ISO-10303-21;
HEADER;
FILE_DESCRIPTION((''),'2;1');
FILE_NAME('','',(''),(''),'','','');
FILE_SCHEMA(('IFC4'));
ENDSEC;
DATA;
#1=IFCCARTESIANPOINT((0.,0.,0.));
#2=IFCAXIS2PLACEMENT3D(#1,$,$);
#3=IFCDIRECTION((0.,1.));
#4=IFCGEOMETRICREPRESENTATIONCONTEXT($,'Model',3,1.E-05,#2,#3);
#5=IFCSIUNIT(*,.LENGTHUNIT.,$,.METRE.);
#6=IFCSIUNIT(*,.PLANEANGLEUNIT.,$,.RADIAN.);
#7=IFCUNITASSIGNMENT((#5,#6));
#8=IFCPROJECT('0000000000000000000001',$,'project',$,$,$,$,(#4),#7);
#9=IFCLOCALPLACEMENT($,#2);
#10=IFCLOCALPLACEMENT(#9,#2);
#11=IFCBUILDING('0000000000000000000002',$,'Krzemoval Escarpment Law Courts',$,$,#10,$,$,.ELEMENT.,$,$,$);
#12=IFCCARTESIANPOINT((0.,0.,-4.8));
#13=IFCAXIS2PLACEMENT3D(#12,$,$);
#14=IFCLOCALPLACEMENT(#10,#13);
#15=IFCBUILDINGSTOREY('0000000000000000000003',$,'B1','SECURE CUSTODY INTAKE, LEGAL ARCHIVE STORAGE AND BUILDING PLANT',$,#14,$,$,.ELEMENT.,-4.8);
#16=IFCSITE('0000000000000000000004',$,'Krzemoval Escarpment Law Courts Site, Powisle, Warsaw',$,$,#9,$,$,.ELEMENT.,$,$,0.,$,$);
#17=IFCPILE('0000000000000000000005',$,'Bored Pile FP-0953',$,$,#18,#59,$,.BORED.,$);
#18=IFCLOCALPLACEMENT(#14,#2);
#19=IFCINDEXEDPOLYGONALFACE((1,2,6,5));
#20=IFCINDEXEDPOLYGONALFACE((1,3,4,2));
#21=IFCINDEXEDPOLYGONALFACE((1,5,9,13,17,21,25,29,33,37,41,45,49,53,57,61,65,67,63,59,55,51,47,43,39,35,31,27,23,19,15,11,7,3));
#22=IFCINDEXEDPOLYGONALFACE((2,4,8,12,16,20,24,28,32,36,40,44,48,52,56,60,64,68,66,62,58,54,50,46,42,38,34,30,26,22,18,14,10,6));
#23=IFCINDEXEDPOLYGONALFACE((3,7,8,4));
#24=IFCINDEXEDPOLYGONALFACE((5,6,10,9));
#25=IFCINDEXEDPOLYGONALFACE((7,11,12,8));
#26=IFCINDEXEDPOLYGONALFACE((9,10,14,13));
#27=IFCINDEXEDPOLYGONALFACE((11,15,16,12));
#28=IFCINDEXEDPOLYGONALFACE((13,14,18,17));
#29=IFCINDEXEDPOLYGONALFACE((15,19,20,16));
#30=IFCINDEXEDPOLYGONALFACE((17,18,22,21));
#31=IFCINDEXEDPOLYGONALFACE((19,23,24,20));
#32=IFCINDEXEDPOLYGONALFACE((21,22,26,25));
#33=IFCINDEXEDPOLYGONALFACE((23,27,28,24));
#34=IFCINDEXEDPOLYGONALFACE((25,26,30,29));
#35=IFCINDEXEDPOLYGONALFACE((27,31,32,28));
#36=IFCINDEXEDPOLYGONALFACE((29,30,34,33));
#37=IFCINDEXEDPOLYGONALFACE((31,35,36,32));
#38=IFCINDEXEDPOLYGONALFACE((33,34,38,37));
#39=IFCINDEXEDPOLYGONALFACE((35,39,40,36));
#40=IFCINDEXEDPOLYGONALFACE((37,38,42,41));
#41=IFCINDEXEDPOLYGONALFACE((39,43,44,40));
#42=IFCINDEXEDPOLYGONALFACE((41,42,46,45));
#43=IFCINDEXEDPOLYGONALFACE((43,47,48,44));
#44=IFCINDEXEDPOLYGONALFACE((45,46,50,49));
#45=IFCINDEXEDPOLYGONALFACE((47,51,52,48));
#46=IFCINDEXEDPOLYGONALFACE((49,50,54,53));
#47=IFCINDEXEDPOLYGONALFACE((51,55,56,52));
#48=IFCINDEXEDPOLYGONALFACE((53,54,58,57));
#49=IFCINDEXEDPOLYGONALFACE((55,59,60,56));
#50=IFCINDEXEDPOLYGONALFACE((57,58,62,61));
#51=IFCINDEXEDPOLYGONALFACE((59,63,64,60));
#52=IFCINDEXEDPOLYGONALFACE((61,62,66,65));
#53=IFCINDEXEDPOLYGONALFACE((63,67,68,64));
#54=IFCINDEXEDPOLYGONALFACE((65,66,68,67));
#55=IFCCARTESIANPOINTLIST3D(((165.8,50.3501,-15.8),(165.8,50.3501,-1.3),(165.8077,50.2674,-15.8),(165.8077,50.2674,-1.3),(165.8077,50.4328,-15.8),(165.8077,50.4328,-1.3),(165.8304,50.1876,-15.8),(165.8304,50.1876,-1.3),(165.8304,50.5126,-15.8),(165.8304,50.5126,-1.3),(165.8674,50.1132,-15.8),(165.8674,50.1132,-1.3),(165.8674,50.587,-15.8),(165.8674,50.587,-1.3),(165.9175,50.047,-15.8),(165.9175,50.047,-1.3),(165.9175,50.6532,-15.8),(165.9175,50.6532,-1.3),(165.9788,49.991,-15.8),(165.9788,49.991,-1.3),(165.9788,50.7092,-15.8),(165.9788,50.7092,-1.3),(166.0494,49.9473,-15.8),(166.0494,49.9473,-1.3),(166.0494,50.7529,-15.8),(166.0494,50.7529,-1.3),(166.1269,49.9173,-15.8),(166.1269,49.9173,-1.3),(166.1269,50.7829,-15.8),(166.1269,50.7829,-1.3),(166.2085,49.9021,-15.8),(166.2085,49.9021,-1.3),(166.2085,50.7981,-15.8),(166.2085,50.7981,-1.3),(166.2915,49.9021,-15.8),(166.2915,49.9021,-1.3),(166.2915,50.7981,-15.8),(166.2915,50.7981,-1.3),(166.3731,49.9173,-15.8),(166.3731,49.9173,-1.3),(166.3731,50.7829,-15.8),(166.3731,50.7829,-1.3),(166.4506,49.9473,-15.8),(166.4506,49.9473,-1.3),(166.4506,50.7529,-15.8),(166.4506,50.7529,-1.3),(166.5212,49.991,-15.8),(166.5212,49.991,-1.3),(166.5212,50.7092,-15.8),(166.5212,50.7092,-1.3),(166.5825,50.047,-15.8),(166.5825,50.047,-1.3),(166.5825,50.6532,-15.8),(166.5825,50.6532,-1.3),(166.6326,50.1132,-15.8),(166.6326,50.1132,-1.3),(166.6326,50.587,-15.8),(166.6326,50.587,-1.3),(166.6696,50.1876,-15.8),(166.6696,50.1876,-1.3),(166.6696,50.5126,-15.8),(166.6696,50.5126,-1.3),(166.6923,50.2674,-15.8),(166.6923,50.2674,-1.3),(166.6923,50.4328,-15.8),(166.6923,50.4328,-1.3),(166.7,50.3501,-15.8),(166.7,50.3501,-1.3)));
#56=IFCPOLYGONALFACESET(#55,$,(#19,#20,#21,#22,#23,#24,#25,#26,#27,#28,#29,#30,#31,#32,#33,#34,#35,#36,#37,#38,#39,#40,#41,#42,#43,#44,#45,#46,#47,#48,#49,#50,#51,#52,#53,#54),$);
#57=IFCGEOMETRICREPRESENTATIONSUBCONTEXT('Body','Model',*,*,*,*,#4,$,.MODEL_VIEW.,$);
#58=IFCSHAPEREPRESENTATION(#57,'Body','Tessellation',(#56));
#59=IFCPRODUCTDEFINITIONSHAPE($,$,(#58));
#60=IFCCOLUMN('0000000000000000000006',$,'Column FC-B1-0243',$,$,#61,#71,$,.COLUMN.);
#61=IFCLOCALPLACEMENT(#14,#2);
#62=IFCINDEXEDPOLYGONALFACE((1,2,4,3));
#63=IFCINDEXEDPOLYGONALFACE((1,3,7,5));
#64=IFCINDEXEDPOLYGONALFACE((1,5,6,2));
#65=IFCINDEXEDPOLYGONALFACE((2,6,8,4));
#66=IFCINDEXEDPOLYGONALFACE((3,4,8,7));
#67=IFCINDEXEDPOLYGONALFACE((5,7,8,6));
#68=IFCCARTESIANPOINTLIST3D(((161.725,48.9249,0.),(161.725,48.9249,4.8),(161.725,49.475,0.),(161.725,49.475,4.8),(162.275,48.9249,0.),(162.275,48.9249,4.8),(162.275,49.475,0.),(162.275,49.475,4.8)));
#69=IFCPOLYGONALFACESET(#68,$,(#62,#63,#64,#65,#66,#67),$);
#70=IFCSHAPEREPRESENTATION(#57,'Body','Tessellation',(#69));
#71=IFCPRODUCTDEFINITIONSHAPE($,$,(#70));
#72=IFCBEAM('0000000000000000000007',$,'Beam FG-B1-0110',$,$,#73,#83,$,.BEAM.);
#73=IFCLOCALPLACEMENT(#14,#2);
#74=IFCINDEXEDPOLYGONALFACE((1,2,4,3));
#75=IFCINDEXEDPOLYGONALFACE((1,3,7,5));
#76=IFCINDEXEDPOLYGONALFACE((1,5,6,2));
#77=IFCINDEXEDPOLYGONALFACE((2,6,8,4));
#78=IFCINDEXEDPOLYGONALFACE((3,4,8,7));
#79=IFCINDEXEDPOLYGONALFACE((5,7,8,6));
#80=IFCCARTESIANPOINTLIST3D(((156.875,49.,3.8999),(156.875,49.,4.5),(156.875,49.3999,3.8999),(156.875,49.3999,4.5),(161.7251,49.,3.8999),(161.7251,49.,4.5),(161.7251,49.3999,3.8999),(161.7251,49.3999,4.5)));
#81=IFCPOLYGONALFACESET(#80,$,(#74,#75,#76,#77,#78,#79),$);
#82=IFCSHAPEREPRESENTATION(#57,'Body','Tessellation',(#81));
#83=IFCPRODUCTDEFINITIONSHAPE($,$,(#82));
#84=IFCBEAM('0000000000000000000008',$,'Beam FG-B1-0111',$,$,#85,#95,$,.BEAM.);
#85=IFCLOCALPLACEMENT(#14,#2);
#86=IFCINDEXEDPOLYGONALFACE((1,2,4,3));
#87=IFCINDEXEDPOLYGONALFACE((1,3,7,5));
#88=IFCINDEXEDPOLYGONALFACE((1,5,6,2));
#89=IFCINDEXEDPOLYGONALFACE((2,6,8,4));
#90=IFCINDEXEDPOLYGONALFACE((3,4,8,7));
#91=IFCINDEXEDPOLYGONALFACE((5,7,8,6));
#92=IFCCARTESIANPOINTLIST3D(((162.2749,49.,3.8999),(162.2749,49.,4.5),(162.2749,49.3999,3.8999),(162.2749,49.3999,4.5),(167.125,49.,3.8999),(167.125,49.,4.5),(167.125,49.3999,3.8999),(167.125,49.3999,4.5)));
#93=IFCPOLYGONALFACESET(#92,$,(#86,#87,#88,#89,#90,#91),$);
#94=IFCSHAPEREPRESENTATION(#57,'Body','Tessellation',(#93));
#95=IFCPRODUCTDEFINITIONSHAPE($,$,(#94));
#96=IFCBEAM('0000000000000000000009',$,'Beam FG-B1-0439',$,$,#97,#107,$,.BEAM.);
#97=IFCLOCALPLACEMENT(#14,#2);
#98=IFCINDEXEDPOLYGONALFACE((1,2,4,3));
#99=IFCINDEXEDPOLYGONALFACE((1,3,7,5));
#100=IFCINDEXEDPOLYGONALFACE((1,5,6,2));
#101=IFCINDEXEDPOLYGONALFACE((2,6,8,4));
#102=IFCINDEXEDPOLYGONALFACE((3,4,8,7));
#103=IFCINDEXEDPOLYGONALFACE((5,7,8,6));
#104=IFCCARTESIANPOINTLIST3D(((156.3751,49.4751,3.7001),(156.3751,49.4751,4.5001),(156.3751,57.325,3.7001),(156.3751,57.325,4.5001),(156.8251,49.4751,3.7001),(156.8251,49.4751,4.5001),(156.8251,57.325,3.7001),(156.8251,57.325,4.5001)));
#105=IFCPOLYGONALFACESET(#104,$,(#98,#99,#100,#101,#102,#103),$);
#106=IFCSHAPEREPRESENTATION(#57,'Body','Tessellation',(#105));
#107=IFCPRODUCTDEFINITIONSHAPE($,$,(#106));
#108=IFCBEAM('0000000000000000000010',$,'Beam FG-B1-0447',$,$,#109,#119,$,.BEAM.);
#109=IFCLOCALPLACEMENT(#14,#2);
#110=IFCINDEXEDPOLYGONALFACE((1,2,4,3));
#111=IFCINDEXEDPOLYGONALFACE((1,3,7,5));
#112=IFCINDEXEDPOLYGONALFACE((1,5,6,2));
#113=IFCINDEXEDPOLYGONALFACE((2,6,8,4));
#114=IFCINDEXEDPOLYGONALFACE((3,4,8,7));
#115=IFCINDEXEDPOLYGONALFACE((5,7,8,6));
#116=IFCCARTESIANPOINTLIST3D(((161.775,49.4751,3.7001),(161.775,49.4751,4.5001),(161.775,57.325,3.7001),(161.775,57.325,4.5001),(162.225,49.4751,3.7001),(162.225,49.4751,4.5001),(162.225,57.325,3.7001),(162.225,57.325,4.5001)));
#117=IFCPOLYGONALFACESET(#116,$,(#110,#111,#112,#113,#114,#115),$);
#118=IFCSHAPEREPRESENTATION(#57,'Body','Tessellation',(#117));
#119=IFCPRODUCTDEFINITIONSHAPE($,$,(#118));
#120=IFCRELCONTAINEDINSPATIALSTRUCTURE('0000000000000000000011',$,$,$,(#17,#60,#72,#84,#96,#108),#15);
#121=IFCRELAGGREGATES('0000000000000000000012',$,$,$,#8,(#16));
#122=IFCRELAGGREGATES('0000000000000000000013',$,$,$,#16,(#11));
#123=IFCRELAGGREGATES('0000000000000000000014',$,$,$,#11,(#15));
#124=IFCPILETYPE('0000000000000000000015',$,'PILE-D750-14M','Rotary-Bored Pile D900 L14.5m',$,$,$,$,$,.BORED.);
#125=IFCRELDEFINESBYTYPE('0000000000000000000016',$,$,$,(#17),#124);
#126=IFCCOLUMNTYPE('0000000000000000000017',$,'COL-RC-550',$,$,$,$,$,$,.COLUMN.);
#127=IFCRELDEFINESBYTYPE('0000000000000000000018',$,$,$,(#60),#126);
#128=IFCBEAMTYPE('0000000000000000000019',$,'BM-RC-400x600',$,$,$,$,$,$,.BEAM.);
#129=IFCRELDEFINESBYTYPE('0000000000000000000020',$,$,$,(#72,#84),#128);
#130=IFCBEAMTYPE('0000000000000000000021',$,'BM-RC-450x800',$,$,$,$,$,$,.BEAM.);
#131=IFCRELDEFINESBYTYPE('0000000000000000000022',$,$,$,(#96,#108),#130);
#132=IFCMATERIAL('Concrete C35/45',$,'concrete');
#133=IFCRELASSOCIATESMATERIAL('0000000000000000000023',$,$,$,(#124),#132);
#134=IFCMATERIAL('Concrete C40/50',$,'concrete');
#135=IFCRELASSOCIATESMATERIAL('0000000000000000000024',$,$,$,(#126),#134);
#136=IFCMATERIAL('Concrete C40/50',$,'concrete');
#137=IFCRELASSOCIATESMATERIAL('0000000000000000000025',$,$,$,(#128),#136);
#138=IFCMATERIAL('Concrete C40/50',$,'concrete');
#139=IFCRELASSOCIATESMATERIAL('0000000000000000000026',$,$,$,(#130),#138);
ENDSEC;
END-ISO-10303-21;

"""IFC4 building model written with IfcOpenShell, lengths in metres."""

from ifc_helpers import new_model, si_unit, direction, frame, origin, origin_2d, place, context, subcontext, project, spatial, rectangle, circle, extrude, material, material_profile, profile_set, type_object, element, save


model = new_model("IFC4")

# Units and contexts
model_context = context("Model", 3, precision=1e-05, world=origin(), true_north=direction((0.0, 1.0)))
body_context = subcontext(model_context, "Body", "Model", "MODEL_VIEW")
ifc_project = project(units=[si_unit("LENGTHUNIT", "METRE"), si_unit("PLANEANGLEUNIT", "RADIAN")], contexts=[model_context])

# Site, building, storey
site_placement = place(None, origin())
site = spatial("IfcSite", under=ifc_project, at=site_placement, Name="Krzemoval Escarpment Law Courts Site, Powisle, Warsaw", CompositionType="ELEMENT", RefElevation=0.0)
building_placement = place(site_placement, origin())
building = spatial("IfcBuilding", under=site, at=building_placement, Name="Krzemoval Escarpment Law Courts", CompositionType="ELEMENT")
storey_placement = place(building_placement, frame((0.0, 0.0, -4.8)))
storey = spatial("IfcBuildingStorey", under=building, at=storey_placement, Name="B1", Description="SECURE CUSTODY INTAKE, LEGAL ARCHIVE STORAGE AND BUILDING PLANT", CompositionType="ELEMENT", Elevation=-4.8)

# Pile
ifc_material_1 = material(Name="Concrete C35/45", Category="concrete")
ifc_material_profile_1 = material_profile(ifc_material_1, circle(Radius=0.45, at=origin_2d()), Name="PILE D900")
ifc_profile_set_1 = profile_set([ifc_material_profile_1], Name="Concrete C35/45")
pile_type = type_object("IfcPileType", Name="PILE-D750-14M", Description="Rotary-Bored Pile D900 L14.5m", PredefinedType="BORED", material=ifc_profile_set_1)
for number, where, z_axis, x_axis, name in (
    (1, (166.25, 50.3501, -1.3), (0.0, 0.0, -1.0), (1.0, 0.0, 0.0), "Bored Pile FP-0953"),
):
    element("IfcPile", number, at=place(storey_placement, frame(where, z_axis=z_axis, x_axis=x_axis)), inside=storey, type_object=pile_type, Name=name, PredefinedType="BORED", context=body_context, shape_type="SweptSolid", body=[
        extrude(circle(Radius=0.45, at=origin_2d()), origin(), (0.0, 0.0, 1.0), 14.5),
    ])

# Column
ifc_material_2 = material(Name="Concrete C40/50", Category="concrete")
ifc_material_profile_2 = material_profile(ifc_material_2, rectangle(XDim=0.55, YDim=0.55, at=origin_2d()), Name="RC 550x550")
ifc_profile_set_2 = profile_set([ifc_material_profile_2], Name="Concrete C40/50")
column_type = type_object("IfcColumnType", Name="COL-RC-550", PredefinedType="COLUMN", material=ifc_profile_set_2)
column_placement = place(storey_placement, frame((162.0, 49.2, 0.0), z_axis=(0.0, 0.0, 1.0), x_axis=(1.0, 0.0, 0.0)))
element("IfcColumn", 2, at=column_placement, inside=storey, type_object=column_type, Name="Column FC-B1-0243", PredefinedType="COLUMN", context=body_context, shape_type="SweptSolid", body=[
    extrude(rectangle(XDim=0.55, YDim=0.55, at=origin_2d()), origin(), (0.0, 0.0, 1.0), 4.8),
])

# Beams
ifc_material_3 = material(Name="Concrete C40/50", Category="concrete")
ifc_material_profile_3 = material_profile(ifc_material_3, rectangle(XDim=0.3999, YDim=0.6001, at=origin_2d()), Name="RCB 400x600")
ifc_profile_set_3 = profile_set([ifc_material_profile_3], Name="Concrete C40/50")
beam_type_1 = type_object("IfcBeamType", Name="BM-RC-400x600", PredefinedType="BEAM", material=ifc_profile_set_3)
for number, where, z_axis, x_axis, name in (
    (3, (156.875, 49.2, 4.2), (1.0, 0.0, 0.0), (0.0, 1.0, 0.0), "Beam FG-B1-0110"),
    (4, (162.2749, 49.2, 4.2), (1.0, 0.0, 0.0), (0.0, 1.0, 0.0), "Beam FG-B1-0111"),
):
    element("IfcBeam", number, at=place(storey_placement, frame(where, z_axis=z_axis, x_axis=x_axis)), inside=storey, type_object=beam_type_1, Name=name, PredefinedType="BEAM", context=body_context, shape_type="SweptSolid", body=[
        extrude(rectangle(XDim=0.3999, YDim=0.6001, at=origin_2d()), origin(), (0.0, 0.0, 1.0), 4.8501),
    ])
ifc_material_4 = material(Name="Concrete C40/50", Category="concrete")
ifc_material_profile_4 = material_profile(ifc_material_4, rectangle(XDim=0.45, YDim=0.8, at=origin_2d()), Name="RCB 450x800")
ifc_profile_set_4 = profile_set([ifc_material_profile_4], Name="Concrete C40/50")
beam_type_2 = type_object("IfcBeamType", Name="BM-RC-450x800", PredefinedType="BEAM", material=ifc_profile_set_4)
for number, where, z_axis, x_axis, name in (
    (5, (156.6001, 49.4751, 4.1001), (0.0, 1.0, 0.0), (-1.0, 0.0, 0.0), "Beam FG-B1-0439"),
    (6, (162.0, 49.4751, 4.1001), (0.0, 1.0, 0.0), (-1.0, 0.0, 0.0), "Beam FG-B1-0447"),
):
    element("IfcBeam", number, at=place(storey_placement, frame(where, z_axis=z_axis, x_axis=x_axis)), inside=storey, type_object=beam_type_2, Name=name, PredefinedType="BEAM", context=body_context, shape_type="SweptSolid", body=[
        extrude(rectangle(XDim=0.45, YDim=0.8, at=origin_2d()), origin(), (0.0, 0.0, 1.0), 7.8499),
    ])

save(model, "model.ifc")
